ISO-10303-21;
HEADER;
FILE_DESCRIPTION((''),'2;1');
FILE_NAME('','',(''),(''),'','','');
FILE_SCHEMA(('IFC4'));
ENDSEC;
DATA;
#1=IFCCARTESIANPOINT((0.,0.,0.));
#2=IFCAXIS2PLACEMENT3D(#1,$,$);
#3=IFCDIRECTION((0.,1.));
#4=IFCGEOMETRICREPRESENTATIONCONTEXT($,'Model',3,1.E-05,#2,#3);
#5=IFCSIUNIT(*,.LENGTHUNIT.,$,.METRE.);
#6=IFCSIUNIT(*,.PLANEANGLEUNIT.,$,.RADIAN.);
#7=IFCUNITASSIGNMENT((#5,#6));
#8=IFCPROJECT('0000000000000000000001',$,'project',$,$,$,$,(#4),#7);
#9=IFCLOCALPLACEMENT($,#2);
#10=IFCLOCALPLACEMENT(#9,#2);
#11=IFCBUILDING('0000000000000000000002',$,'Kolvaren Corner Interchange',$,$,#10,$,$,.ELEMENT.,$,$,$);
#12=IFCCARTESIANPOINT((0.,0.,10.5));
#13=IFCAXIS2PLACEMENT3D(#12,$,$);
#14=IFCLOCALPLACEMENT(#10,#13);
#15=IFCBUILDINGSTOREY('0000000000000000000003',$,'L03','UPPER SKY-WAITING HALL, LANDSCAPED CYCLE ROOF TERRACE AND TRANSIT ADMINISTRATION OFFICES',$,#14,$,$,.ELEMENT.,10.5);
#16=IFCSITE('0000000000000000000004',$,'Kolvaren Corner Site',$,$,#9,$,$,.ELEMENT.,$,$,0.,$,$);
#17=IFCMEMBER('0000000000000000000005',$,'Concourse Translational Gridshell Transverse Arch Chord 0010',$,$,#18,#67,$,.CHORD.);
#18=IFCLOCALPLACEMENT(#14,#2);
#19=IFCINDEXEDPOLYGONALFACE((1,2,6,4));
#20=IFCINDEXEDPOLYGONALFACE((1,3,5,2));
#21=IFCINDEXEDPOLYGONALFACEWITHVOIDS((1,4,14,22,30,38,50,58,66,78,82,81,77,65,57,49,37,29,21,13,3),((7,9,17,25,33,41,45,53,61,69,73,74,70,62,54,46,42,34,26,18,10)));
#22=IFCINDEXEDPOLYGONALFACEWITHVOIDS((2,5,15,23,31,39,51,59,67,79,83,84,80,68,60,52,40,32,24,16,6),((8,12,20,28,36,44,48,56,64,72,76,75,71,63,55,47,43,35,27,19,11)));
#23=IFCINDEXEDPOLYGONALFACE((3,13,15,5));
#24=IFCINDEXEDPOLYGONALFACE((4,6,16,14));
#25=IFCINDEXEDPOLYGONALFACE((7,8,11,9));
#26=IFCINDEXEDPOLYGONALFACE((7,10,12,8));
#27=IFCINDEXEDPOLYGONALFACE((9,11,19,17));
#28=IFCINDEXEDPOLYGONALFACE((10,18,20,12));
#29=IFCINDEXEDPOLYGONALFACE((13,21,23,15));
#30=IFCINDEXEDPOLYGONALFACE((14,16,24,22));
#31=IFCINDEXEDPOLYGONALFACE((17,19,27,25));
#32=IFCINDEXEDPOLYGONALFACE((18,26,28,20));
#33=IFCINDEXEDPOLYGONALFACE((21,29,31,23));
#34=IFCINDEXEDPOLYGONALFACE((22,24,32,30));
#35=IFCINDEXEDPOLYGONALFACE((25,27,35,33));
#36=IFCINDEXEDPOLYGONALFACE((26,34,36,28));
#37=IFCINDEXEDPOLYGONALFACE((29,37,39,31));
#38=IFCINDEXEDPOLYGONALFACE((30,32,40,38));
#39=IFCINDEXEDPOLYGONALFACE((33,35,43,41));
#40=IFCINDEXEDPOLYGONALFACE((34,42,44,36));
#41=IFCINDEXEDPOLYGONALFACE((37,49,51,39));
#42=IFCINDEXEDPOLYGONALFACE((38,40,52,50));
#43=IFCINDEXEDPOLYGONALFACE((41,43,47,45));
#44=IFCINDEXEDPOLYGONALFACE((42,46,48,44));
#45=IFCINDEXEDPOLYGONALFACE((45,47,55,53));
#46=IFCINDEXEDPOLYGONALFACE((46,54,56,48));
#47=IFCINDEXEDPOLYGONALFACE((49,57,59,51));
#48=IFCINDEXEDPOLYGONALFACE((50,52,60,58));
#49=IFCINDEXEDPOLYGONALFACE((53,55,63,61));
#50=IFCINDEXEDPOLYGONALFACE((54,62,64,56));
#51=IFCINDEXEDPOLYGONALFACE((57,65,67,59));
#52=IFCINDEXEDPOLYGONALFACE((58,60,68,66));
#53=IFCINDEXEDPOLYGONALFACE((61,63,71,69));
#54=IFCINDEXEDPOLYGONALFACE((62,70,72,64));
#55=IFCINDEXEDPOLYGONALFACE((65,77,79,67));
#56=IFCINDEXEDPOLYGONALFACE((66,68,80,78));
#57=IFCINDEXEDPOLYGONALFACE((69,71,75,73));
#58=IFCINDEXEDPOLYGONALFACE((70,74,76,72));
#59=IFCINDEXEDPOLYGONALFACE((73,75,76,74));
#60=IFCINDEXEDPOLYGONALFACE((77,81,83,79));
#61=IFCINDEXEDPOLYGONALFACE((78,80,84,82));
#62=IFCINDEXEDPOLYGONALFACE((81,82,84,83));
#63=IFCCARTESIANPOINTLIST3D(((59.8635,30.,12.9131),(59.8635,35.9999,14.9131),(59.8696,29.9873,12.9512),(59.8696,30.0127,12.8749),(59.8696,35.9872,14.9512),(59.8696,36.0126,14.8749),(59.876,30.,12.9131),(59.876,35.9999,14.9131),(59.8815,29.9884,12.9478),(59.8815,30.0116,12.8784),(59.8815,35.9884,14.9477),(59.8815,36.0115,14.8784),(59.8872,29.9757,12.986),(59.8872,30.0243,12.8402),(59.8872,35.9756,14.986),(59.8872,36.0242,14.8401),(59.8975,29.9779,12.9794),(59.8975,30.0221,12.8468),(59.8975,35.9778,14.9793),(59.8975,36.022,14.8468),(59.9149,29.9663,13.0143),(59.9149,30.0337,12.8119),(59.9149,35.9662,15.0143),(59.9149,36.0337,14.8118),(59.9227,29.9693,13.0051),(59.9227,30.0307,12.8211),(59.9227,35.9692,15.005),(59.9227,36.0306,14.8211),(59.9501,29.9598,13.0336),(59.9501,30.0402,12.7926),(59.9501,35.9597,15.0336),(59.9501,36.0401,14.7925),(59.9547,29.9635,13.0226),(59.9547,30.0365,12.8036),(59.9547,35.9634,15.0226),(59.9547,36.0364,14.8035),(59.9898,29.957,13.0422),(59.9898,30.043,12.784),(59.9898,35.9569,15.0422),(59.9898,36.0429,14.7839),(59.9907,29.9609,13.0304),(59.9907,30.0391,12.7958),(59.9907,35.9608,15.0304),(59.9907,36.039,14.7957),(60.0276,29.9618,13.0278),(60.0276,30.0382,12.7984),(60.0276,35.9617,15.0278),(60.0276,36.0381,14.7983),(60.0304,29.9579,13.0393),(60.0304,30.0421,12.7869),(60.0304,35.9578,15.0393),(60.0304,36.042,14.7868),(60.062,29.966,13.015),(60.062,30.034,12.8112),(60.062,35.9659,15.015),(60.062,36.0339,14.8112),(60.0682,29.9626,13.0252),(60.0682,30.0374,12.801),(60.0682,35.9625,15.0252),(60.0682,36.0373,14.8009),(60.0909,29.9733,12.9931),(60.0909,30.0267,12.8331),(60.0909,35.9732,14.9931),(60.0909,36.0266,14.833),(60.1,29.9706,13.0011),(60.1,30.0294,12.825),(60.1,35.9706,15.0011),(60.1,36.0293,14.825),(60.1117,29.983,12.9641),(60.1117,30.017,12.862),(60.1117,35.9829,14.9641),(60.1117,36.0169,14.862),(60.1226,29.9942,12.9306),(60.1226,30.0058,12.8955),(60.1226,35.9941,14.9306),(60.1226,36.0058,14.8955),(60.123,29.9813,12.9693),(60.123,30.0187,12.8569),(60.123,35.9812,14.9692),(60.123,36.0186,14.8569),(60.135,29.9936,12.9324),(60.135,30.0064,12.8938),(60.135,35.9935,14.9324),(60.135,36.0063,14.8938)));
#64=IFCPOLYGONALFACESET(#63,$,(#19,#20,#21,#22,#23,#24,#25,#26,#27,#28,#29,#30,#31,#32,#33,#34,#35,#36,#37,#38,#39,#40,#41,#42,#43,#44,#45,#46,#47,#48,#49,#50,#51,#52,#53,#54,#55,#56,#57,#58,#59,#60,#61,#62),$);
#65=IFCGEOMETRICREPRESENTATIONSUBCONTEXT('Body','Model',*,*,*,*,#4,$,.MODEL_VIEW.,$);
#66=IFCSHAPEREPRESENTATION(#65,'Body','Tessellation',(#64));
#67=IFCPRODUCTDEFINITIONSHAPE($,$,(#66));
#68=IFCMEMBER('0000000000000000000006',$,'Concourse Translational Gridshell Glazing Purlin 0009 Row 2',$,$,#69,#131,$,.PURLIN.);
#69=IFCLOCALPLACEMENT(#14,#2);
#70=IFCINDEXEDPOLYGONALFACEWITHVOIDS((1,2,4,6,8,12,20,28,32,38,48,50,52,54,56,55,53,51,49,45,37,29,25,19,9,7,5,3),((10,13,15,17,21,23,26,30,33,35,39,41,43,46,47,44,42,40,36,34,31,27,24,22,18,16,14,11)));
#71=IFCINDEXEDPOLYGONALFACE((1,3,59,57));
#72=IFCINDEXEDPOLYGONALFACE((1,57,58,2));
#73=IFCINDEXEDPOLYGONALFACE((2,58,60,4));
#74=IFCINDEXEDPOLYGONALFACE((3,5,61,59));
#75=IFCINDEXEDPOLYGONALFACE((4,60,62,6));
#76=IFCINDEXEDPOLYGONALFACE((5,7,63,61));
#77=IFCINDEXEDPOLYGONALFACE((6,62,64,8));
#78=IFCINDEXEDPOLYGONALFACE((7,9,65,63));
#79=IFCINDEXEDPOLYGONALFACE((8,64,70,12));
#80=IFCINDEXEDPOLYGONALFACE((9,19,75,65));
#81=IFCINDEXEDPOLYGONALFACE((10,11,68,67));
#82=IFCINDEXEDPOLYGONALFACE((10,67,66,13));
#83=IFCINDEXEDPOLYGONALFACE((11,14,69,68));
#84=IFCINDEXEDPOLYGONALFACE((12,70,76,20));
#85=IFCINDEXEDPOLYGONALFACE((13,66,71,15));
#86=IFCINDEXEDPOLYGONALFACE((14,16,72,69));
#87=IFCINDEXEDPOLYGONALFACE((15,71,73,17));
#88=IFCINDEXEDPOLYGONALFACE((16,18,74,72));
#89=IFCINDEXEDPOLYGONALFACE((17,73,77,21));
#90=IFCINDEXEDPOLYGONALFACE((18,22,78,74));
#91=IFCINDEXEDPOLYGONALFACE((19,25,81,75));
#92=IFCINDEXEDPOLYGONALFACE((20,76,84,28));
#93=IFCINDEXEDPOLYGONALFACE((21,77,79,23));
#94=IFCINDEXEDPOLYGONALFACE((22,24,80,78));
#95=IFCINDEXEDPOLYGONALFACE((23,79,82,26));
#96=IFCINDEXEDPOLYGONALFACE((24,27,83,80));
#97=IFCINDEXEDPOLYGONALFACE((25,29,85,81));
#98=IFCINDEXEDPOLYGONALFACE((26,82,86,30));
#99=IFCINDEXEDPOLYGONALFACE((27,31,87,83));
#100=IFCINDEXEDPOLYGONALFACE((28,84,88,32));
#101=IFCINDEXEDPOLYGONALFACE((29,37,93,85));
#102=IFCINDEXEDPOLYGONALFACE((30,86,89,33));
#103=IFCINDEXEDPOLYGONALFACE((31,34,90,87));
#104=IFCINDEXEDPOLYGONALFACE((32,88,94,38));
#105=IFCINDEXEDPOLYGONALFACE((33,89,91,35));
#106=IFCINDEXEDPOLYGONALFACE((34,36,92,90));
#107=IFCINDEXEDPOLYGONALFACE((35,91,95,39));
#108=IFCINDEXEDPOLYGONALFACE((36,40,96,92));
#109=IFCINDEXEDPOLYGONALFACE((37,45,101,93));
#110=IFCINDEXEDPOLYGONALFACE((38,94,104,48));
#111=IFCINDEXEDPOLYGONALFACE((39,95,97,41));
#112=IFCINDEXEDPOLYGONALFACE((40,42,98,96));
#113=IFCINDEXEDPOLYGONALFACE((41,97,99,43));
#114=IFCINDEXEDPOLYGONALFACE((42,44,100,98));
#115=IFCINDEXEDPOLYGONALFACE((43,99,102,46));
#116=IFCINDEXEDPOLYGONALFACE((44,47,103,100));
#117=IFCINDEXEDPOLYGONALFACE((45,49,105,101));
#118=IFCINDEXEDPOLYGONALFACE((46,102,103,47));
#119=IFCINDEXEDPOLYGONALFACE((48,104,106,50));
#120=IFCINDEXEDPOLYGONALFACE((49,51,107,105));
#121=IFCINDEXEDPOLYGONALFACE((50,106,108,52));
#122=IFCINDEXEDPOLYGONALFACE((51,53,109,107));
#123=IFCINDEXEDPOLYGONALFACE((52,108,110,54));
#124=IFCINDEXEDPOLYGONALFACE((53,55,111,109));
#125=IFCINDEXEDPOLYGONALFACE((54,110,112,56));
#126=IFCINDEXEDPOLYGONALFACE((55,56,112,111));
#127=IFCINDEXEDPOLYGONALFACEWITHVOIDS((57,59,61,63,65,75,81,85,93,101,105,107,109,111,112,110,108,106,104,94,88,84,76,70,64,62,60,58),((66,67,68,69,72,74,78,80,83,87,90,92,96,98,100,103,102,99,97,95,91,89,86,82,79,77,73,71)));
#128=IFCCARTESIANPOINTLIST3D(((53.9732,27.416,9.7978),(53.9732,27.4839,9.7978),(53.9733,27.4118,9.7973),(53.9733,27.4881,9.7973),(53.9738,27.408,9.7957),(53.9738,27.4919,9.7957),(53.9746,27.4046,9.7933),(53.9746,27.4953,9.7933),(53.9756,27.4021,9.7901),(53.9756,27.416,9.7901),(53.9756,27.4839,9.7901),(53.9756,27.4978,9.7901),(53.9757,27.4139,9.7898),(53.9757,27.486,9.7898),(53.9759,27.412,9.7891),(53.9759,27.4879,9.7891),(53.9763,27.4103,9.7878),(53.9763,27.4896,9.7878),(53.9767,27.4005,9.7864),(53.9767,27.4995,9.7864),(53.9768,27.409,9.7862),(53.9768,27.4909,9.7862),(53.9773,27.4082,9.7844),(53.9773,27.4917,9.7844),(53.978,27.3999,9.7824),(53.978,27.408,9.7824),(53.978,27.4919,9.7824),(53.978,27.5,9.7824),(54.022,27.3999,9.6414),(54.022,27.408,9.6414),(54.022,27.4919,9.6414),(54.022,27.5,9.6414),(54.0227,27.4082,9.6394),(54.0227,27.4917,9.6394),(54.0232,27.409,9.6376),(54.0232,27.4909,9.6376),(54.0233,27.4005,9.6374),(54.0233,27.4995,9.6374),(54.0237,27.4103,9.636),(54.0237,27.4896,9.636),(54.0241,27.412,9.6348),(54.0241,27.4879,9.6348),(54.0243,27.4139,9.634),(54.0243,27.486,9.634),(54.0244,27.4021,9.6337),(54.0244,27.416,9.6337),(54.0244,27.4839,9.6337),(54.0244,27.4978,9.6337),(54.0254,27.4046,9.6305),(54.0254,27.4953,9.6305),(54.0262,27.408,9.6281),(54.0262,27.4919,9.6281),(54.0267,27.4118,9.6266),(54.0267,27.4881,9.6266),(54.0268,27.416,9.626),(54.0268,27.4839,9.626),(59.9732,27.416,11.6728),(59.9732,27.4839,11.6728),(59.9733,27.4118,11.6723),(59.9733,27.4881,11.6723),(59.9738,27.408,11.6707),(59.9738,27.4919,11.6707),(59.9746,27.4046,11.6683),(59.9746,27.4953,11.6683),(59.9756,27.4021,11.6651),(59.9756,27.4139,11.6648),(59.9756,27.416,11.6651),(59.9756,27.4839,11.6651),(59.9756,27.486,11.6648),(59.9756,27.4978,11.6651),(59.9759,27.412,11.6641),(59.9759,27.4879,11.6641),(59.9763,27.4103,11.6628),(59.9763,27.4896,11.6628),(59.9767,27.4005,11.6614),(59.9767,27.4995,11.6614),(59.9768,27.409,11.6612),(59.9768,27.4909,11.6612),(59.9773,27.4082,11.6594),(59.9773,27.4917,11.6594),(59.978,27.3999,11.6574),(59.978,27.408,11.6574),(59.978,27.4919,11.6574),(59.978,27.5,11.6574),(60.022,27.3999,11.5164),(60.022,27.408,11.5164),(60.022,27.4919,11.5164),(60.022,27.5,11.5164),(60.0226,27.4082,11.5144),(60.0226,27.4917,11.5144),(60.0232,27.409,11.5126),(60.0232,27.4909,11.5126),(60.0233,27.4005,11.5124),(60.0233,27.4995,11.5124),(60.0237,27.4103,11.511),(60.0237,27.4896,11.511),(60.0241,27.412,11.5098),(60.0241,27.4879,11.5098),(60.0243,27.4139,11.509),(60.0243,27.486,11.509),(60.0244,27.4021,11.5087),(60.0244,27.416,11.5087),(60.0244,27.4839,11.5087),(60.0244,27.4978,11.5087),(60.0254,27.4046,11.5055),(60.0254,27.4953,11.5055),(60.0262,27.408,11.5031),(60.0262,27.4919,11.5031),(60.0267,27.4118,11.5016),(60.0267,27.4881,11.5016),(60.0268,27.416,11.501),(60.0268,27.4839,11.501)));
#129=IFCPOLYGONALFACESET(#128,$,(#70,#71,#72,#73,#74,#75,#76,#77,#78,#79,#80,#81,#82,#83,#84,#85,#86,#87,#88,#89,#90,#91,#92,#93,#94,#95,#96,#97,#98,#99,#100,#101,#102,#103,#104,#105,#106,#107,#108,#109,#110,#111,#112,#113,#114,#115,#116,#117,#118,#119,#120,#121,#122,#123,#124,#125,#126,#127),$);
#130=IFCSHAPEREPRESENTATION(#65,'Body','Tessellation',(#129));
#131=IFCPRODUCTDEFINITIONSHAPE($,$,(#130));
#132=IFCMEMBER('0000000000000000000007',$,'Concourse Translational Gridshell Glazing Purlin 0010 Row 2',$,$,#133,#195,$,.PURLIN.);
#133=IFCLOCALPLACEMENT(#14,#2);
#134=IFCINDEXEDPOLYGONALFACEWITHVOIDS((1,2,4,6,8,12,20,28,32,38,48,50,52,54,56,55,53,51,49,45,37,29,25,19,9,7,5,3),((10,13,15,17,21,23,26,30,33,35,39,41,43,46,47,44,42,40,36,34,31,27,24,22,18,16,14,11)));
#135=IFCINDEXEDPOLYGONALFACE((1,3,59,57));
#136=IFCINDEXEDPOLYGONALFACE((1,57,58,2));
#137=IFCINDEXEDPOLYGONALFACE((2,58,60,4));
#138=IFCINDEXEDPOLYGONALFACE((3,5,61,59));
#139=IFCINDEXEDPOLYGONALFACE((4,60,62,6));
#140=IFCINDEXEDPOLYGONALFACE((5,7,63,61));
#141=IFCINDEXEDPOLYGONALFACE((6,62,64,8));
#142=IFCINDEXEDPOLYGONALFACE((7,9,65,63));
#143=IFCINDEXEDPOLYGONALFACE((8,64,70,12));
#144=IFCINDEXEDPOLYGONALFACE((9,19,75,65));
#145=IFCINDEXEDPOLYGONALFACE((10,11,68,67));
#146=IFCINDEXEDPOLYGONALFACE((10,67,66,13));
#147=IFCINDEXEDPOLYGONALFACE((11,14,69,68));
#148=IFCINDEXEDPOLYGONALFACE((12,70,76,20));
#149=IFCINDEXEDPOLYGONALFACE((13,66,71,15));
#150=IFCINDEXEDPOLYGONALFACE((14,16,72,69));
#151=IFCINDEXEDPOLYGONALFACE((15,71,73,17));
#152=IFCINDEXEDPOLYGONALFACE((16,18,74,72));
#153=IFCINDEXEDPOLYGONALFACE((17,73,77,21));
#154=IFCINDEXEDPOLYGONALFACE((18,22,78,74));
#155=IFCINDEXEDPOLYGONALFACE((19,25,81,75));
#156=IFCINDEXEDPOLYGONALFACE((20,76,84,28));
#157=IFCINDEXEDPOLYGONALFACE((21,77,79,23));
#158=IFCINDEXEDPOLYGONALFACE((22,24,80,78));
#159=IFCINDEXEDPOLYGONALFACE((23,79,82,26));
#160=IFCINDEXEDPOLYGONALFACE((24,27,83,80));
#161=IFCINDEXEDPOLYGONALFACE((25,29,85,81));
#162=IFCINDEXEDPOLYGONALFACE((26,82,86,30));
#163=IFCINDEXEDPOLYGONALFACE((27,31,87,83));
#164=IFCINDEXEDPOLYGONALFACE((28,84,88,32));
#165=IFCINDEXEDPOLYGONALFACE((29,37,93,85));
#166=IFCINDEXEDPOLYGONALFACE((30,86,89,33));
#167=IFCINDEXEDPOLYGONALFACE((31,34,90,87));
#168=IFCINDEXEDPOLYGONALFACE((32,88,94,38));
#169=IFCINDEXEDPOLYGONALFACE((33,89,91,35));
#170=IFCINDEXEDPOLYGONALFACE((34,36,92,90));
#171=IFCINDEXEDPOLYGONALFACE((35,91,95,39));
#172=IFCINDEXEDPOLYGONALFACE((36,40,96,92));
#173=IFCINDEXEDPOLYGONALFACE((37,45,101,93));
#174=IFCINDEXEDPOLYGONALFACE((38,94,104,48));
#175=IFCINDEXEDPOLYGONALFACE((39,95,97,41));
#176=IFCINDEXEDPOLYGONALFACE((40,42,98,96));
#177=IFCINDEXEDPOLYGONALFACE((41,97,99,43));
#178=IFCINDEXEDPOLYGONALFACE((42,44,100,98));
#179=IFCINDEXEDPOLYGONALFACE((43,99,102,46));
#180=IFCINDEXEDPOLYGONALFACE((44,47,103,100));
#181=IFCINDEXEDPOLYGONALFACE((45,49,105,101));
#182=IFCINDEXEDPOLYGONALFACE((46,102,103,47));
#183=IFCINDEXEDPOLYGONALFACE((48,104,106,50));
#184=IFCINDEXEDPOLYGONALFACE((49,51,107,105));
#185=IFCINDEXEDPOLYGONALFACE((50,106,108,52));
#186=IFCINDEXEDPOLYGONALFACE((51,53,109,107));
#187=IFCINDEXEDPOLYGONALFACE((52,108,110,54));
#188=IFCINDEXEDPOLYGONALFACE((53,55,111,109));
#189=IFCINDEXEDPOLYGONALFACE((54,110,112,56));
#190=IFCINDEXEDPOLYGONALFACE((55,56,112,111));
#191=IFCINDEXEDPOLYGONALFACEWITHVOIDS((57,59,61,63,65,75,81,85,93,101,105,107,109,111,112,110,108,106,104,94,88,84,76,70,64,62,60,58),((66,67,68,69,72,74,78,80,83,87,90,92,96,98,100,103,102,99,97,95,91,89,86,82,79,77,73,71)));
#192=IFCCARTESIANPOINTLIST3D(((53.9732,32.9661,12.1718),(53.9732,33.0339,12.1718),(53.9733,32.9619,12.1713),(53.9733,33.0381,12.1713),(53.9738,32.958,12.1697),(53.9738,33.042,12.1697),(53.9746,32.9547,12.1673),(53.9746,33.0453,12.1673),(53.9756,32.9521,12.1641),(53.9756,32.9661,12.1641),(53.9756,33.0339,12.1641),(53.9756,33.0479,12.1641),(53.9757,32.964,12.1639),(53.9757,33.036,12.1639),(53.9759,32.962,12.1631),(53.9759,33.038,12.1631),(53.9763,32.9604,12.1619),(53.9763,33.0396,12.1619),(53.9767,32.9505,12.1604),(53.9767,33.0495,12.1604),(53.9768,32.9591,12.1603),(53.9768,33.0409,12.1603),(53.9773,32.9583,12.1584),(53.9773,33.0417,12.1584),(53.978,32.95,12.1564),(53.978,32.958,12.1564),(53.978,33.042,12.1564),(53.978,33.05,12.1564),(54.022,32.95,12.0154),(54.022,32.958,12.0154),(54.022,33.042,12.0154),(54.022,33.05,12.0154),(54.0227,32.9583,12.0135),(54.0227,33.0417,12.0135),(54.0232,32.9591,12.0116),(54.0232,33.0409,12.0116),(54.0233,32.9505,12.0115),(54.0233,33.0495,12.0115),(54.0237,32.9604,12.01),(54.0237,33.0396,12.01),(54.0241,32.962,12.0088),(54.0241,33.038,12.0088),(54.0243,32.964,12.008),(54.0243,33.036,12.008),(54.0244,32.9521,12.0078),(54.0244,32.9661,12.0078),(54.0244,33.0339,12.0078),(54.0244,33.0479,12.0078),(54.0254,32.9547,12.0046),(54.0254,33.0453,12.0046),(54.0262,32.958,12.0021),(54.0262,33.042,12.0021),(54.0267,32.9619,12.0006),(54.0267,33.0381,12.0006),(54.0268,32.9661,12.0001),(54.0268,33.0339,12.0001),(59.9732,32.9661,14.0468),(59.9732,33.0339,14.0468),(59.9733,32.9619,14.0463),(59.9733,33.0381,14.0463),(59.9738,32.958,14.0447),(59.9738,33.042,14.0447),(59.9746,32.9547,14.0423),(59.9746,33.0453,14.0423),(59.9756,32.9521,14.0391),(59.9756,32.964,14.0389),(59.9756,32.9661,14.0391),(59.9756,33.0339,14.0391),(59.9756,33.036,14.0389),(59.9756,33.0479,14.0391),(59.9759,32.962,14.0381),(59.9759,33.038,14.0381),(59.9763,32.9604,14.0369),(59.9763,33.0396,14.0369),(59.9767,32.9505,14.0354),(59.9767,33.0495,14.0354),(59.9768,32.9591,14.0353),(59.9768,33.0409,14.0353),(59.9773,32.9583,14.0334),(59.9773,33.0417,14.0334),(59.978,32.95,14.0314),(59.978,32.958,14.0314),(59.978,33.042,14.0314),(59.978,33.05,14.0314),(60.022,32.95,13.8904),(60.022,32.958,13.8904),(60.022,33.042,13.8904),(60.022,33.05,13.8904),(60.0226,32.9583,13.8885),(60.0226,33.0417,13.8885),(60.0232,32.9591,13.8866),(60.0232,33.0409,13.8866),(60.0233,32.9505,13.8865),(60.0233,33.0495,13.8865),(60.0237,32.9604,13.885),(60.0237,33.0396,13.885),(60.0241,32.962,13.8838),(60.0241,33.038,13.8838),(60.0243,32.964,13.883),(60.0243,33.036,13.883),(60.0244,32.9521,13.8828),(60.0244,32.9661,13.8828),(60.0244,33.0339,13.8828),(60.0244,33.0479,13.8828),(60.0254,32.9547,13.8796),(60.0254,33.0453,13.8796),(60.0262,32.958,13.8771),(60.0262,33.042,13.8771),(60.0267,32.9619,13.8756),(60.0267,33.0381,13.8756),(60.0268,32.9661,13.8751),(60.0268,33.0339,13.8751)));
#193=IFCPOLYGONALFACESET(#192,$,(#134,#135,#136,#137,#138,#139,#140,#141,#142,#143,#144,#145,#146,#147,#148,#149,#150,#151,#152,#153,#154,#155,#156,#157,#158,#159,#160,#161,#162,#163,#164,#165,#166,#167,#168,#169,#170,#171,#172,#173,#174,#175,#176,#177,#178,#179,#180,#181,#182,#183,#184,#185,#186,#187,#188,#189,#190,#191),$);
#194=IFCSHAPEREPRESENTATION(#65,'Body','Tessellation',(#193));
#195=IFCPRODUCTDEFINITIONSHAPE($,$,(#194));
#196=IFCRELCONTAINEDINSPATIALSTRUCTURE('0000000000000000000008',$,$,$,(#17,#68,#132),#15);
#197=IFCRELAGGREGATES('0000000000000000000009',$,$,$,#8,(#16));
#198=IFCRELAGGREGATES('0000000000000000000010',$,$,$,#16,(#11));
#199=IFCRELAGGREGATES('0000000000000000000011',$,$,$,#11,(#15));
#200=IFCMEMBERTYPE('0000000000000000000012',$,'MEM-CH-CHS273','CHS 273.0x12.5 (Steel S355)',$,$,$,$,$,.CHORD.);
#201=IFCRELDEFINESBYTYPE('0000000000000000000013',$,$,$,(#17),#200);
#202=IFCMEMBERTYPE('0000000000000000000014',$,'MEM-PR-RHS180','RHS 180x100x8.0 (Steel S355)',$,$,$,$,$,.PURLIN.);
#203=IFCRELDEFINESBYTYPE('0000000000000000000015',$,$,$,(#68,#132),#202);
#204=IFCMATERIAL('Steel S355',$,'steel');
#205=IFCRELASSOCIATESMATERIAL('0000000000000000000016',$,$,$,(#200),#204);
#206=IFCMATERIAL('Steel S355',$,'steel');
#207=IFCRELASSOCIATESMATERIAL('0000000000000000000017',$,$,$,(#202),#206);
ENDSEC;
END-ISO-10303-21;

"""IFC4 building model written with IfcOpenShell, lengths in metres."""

from ifc_helpers import new_model, si_unit, direction, frame, origin, origin_2d, place, context, subcontext, project, spatial, hollow_rectangle, hollow_circle, extrude, material, material_profile, profile_set, type_object, element, save


model = new_model("IFC4")

# Units and contexts
model_context = context("Model", 3, precision=1e-05, world=origin(), true_north=direction((0.0, 1.0)))
body_context = subcontext(model_context, "Body", "Model", "MODEL_VIEW")
ifc_project = project(units=[si_unit("LENGTHUNIT", "METRE"), si_unit("PLANEANGLEUNIT", "RADIAN")], contexts=[model_context])

# Site, building, storey
site_placement = place(None, origin())
site = spatial("IfcSite", under=ifc_project, at=site_placement, Name="Kolvaren Corner Site", CompositionType="ELEMENT", RefElevation=0.0)
building_placement = place(site_placement, origin())
building = spatial("IfcBuilding", under=site, at=building_placement, Name="Kolvaren Corner Interchange", CompositionType="ELEMENT")
storey_placement = place(building_placement, frame((0.0, 0.0, 10.5)))
storey = spatial("IfcBuildingStorey", under=building, at=storey_placement, Name="L03", Description="UPPER SKY-WAITING HALL, LANDSCAPED CYCLE ROOF TERRACE AND TRANSIT ADMINISTRATION OFFICES", CompositionType="ELEMENT", Elevation=10.5)

# Members
ifc_material_1 = material(Name="Steel S355", Category="steel")
ifc_material_profile_1 = material_profile(ifc_material_1, hollow_circle(Radius=0.1365, WallThickness=0.0125, at=origin_2d()), Name="CHS 273.0x12.5")
ifc_profile_set_1 = profile_set([ifc_material_profile_1], Name="Steel S355")
member_type_1 = type_object("IfcMemberType", Name="MEM-CH-CHS273", Description="CHS 273.0x12.5 (Steel S355)", PredefinedType="CHORD", material=ifc_profile_set_1)
member_1_placement = place(storey_placement, frame((60.0, 30.0, 12.9131), z_axis=(0.0, 0.948683, 0.316228), x_axis=(-1.0, 0.0, 0.0)))
element("IfcMember", 1, at=member_1_placement, inside=storey, type_object=member_type_1, Name="Concourse Translational Gridshell Transverse Arch Chord 0010", PredefinedType="CHORD", context=body_context, shape_type="SweptSolid", body=[
    extrude(hollow_circle(Radius=0.1365, WallThickness=0.0125, at=origin_2d()), origin(), (0.0, 0.0, 1.0), 6.3245),
])
ifc_material_2 = material(Name="Steel S355", Category="steel")
ifc_material_profile_2 = material_profile(ifc_material_2, hollow_rectangle(XDim=0.1001, YDim=0.1799, WallThickness=0.0081, InnerFilletRadius=0.0081, OuterFilletRadius=0.0161, at=origin_2d()), Name="RHS 180x100x8.0")
ifc_profile_set_2 = profile_set([ifc_material_profile_2], Name="Steel S355")
member_type_2 = type_object("IfcMemberType", Name="MEM-PR-RHS180", Description="RHS 180x100x8.0 (Steel S355)", PredefinedType="PURLIN", material=ifc_profile_set_2)
for number, where, z_axis, x_axis, name in (
    (2, (54.0, 27.45, 9.7119), (0.95448, 0.0, 0.298275), (0.0, 1.0, 0.0), "Concourse Translational Gridshell Glazing Purlin 0009 Row 2"),
    (3, (54.0, 33.0, 12.0859), (0.95448, 0.0, 0.298275), (0.0, 1.0, 0.0), "Concourse Translational Gridshell Glazing Purlin 0010 Row 2"),
):
    element("IfcMember", number, at=place(storey_placement, frame(where, z_axis=z_axis, x_axis=x_axis)), inside=storey, type_object=member_type_2, Name=name, PredefinedType="PURLIN", context=body_context, shape_type="SweptSolid", body=[
        extrude(hollow_rectangle(XDim=0.1001, YDim=0.1799, WallThickness=0.0081, InnerFilletRadius=0.0081, OuterFilletRadius=0.0161, at=origin_2d()), origin(), (0.0, 0.0, 1.0), 6.2861),
    ])

save(model, "model.ifc")
